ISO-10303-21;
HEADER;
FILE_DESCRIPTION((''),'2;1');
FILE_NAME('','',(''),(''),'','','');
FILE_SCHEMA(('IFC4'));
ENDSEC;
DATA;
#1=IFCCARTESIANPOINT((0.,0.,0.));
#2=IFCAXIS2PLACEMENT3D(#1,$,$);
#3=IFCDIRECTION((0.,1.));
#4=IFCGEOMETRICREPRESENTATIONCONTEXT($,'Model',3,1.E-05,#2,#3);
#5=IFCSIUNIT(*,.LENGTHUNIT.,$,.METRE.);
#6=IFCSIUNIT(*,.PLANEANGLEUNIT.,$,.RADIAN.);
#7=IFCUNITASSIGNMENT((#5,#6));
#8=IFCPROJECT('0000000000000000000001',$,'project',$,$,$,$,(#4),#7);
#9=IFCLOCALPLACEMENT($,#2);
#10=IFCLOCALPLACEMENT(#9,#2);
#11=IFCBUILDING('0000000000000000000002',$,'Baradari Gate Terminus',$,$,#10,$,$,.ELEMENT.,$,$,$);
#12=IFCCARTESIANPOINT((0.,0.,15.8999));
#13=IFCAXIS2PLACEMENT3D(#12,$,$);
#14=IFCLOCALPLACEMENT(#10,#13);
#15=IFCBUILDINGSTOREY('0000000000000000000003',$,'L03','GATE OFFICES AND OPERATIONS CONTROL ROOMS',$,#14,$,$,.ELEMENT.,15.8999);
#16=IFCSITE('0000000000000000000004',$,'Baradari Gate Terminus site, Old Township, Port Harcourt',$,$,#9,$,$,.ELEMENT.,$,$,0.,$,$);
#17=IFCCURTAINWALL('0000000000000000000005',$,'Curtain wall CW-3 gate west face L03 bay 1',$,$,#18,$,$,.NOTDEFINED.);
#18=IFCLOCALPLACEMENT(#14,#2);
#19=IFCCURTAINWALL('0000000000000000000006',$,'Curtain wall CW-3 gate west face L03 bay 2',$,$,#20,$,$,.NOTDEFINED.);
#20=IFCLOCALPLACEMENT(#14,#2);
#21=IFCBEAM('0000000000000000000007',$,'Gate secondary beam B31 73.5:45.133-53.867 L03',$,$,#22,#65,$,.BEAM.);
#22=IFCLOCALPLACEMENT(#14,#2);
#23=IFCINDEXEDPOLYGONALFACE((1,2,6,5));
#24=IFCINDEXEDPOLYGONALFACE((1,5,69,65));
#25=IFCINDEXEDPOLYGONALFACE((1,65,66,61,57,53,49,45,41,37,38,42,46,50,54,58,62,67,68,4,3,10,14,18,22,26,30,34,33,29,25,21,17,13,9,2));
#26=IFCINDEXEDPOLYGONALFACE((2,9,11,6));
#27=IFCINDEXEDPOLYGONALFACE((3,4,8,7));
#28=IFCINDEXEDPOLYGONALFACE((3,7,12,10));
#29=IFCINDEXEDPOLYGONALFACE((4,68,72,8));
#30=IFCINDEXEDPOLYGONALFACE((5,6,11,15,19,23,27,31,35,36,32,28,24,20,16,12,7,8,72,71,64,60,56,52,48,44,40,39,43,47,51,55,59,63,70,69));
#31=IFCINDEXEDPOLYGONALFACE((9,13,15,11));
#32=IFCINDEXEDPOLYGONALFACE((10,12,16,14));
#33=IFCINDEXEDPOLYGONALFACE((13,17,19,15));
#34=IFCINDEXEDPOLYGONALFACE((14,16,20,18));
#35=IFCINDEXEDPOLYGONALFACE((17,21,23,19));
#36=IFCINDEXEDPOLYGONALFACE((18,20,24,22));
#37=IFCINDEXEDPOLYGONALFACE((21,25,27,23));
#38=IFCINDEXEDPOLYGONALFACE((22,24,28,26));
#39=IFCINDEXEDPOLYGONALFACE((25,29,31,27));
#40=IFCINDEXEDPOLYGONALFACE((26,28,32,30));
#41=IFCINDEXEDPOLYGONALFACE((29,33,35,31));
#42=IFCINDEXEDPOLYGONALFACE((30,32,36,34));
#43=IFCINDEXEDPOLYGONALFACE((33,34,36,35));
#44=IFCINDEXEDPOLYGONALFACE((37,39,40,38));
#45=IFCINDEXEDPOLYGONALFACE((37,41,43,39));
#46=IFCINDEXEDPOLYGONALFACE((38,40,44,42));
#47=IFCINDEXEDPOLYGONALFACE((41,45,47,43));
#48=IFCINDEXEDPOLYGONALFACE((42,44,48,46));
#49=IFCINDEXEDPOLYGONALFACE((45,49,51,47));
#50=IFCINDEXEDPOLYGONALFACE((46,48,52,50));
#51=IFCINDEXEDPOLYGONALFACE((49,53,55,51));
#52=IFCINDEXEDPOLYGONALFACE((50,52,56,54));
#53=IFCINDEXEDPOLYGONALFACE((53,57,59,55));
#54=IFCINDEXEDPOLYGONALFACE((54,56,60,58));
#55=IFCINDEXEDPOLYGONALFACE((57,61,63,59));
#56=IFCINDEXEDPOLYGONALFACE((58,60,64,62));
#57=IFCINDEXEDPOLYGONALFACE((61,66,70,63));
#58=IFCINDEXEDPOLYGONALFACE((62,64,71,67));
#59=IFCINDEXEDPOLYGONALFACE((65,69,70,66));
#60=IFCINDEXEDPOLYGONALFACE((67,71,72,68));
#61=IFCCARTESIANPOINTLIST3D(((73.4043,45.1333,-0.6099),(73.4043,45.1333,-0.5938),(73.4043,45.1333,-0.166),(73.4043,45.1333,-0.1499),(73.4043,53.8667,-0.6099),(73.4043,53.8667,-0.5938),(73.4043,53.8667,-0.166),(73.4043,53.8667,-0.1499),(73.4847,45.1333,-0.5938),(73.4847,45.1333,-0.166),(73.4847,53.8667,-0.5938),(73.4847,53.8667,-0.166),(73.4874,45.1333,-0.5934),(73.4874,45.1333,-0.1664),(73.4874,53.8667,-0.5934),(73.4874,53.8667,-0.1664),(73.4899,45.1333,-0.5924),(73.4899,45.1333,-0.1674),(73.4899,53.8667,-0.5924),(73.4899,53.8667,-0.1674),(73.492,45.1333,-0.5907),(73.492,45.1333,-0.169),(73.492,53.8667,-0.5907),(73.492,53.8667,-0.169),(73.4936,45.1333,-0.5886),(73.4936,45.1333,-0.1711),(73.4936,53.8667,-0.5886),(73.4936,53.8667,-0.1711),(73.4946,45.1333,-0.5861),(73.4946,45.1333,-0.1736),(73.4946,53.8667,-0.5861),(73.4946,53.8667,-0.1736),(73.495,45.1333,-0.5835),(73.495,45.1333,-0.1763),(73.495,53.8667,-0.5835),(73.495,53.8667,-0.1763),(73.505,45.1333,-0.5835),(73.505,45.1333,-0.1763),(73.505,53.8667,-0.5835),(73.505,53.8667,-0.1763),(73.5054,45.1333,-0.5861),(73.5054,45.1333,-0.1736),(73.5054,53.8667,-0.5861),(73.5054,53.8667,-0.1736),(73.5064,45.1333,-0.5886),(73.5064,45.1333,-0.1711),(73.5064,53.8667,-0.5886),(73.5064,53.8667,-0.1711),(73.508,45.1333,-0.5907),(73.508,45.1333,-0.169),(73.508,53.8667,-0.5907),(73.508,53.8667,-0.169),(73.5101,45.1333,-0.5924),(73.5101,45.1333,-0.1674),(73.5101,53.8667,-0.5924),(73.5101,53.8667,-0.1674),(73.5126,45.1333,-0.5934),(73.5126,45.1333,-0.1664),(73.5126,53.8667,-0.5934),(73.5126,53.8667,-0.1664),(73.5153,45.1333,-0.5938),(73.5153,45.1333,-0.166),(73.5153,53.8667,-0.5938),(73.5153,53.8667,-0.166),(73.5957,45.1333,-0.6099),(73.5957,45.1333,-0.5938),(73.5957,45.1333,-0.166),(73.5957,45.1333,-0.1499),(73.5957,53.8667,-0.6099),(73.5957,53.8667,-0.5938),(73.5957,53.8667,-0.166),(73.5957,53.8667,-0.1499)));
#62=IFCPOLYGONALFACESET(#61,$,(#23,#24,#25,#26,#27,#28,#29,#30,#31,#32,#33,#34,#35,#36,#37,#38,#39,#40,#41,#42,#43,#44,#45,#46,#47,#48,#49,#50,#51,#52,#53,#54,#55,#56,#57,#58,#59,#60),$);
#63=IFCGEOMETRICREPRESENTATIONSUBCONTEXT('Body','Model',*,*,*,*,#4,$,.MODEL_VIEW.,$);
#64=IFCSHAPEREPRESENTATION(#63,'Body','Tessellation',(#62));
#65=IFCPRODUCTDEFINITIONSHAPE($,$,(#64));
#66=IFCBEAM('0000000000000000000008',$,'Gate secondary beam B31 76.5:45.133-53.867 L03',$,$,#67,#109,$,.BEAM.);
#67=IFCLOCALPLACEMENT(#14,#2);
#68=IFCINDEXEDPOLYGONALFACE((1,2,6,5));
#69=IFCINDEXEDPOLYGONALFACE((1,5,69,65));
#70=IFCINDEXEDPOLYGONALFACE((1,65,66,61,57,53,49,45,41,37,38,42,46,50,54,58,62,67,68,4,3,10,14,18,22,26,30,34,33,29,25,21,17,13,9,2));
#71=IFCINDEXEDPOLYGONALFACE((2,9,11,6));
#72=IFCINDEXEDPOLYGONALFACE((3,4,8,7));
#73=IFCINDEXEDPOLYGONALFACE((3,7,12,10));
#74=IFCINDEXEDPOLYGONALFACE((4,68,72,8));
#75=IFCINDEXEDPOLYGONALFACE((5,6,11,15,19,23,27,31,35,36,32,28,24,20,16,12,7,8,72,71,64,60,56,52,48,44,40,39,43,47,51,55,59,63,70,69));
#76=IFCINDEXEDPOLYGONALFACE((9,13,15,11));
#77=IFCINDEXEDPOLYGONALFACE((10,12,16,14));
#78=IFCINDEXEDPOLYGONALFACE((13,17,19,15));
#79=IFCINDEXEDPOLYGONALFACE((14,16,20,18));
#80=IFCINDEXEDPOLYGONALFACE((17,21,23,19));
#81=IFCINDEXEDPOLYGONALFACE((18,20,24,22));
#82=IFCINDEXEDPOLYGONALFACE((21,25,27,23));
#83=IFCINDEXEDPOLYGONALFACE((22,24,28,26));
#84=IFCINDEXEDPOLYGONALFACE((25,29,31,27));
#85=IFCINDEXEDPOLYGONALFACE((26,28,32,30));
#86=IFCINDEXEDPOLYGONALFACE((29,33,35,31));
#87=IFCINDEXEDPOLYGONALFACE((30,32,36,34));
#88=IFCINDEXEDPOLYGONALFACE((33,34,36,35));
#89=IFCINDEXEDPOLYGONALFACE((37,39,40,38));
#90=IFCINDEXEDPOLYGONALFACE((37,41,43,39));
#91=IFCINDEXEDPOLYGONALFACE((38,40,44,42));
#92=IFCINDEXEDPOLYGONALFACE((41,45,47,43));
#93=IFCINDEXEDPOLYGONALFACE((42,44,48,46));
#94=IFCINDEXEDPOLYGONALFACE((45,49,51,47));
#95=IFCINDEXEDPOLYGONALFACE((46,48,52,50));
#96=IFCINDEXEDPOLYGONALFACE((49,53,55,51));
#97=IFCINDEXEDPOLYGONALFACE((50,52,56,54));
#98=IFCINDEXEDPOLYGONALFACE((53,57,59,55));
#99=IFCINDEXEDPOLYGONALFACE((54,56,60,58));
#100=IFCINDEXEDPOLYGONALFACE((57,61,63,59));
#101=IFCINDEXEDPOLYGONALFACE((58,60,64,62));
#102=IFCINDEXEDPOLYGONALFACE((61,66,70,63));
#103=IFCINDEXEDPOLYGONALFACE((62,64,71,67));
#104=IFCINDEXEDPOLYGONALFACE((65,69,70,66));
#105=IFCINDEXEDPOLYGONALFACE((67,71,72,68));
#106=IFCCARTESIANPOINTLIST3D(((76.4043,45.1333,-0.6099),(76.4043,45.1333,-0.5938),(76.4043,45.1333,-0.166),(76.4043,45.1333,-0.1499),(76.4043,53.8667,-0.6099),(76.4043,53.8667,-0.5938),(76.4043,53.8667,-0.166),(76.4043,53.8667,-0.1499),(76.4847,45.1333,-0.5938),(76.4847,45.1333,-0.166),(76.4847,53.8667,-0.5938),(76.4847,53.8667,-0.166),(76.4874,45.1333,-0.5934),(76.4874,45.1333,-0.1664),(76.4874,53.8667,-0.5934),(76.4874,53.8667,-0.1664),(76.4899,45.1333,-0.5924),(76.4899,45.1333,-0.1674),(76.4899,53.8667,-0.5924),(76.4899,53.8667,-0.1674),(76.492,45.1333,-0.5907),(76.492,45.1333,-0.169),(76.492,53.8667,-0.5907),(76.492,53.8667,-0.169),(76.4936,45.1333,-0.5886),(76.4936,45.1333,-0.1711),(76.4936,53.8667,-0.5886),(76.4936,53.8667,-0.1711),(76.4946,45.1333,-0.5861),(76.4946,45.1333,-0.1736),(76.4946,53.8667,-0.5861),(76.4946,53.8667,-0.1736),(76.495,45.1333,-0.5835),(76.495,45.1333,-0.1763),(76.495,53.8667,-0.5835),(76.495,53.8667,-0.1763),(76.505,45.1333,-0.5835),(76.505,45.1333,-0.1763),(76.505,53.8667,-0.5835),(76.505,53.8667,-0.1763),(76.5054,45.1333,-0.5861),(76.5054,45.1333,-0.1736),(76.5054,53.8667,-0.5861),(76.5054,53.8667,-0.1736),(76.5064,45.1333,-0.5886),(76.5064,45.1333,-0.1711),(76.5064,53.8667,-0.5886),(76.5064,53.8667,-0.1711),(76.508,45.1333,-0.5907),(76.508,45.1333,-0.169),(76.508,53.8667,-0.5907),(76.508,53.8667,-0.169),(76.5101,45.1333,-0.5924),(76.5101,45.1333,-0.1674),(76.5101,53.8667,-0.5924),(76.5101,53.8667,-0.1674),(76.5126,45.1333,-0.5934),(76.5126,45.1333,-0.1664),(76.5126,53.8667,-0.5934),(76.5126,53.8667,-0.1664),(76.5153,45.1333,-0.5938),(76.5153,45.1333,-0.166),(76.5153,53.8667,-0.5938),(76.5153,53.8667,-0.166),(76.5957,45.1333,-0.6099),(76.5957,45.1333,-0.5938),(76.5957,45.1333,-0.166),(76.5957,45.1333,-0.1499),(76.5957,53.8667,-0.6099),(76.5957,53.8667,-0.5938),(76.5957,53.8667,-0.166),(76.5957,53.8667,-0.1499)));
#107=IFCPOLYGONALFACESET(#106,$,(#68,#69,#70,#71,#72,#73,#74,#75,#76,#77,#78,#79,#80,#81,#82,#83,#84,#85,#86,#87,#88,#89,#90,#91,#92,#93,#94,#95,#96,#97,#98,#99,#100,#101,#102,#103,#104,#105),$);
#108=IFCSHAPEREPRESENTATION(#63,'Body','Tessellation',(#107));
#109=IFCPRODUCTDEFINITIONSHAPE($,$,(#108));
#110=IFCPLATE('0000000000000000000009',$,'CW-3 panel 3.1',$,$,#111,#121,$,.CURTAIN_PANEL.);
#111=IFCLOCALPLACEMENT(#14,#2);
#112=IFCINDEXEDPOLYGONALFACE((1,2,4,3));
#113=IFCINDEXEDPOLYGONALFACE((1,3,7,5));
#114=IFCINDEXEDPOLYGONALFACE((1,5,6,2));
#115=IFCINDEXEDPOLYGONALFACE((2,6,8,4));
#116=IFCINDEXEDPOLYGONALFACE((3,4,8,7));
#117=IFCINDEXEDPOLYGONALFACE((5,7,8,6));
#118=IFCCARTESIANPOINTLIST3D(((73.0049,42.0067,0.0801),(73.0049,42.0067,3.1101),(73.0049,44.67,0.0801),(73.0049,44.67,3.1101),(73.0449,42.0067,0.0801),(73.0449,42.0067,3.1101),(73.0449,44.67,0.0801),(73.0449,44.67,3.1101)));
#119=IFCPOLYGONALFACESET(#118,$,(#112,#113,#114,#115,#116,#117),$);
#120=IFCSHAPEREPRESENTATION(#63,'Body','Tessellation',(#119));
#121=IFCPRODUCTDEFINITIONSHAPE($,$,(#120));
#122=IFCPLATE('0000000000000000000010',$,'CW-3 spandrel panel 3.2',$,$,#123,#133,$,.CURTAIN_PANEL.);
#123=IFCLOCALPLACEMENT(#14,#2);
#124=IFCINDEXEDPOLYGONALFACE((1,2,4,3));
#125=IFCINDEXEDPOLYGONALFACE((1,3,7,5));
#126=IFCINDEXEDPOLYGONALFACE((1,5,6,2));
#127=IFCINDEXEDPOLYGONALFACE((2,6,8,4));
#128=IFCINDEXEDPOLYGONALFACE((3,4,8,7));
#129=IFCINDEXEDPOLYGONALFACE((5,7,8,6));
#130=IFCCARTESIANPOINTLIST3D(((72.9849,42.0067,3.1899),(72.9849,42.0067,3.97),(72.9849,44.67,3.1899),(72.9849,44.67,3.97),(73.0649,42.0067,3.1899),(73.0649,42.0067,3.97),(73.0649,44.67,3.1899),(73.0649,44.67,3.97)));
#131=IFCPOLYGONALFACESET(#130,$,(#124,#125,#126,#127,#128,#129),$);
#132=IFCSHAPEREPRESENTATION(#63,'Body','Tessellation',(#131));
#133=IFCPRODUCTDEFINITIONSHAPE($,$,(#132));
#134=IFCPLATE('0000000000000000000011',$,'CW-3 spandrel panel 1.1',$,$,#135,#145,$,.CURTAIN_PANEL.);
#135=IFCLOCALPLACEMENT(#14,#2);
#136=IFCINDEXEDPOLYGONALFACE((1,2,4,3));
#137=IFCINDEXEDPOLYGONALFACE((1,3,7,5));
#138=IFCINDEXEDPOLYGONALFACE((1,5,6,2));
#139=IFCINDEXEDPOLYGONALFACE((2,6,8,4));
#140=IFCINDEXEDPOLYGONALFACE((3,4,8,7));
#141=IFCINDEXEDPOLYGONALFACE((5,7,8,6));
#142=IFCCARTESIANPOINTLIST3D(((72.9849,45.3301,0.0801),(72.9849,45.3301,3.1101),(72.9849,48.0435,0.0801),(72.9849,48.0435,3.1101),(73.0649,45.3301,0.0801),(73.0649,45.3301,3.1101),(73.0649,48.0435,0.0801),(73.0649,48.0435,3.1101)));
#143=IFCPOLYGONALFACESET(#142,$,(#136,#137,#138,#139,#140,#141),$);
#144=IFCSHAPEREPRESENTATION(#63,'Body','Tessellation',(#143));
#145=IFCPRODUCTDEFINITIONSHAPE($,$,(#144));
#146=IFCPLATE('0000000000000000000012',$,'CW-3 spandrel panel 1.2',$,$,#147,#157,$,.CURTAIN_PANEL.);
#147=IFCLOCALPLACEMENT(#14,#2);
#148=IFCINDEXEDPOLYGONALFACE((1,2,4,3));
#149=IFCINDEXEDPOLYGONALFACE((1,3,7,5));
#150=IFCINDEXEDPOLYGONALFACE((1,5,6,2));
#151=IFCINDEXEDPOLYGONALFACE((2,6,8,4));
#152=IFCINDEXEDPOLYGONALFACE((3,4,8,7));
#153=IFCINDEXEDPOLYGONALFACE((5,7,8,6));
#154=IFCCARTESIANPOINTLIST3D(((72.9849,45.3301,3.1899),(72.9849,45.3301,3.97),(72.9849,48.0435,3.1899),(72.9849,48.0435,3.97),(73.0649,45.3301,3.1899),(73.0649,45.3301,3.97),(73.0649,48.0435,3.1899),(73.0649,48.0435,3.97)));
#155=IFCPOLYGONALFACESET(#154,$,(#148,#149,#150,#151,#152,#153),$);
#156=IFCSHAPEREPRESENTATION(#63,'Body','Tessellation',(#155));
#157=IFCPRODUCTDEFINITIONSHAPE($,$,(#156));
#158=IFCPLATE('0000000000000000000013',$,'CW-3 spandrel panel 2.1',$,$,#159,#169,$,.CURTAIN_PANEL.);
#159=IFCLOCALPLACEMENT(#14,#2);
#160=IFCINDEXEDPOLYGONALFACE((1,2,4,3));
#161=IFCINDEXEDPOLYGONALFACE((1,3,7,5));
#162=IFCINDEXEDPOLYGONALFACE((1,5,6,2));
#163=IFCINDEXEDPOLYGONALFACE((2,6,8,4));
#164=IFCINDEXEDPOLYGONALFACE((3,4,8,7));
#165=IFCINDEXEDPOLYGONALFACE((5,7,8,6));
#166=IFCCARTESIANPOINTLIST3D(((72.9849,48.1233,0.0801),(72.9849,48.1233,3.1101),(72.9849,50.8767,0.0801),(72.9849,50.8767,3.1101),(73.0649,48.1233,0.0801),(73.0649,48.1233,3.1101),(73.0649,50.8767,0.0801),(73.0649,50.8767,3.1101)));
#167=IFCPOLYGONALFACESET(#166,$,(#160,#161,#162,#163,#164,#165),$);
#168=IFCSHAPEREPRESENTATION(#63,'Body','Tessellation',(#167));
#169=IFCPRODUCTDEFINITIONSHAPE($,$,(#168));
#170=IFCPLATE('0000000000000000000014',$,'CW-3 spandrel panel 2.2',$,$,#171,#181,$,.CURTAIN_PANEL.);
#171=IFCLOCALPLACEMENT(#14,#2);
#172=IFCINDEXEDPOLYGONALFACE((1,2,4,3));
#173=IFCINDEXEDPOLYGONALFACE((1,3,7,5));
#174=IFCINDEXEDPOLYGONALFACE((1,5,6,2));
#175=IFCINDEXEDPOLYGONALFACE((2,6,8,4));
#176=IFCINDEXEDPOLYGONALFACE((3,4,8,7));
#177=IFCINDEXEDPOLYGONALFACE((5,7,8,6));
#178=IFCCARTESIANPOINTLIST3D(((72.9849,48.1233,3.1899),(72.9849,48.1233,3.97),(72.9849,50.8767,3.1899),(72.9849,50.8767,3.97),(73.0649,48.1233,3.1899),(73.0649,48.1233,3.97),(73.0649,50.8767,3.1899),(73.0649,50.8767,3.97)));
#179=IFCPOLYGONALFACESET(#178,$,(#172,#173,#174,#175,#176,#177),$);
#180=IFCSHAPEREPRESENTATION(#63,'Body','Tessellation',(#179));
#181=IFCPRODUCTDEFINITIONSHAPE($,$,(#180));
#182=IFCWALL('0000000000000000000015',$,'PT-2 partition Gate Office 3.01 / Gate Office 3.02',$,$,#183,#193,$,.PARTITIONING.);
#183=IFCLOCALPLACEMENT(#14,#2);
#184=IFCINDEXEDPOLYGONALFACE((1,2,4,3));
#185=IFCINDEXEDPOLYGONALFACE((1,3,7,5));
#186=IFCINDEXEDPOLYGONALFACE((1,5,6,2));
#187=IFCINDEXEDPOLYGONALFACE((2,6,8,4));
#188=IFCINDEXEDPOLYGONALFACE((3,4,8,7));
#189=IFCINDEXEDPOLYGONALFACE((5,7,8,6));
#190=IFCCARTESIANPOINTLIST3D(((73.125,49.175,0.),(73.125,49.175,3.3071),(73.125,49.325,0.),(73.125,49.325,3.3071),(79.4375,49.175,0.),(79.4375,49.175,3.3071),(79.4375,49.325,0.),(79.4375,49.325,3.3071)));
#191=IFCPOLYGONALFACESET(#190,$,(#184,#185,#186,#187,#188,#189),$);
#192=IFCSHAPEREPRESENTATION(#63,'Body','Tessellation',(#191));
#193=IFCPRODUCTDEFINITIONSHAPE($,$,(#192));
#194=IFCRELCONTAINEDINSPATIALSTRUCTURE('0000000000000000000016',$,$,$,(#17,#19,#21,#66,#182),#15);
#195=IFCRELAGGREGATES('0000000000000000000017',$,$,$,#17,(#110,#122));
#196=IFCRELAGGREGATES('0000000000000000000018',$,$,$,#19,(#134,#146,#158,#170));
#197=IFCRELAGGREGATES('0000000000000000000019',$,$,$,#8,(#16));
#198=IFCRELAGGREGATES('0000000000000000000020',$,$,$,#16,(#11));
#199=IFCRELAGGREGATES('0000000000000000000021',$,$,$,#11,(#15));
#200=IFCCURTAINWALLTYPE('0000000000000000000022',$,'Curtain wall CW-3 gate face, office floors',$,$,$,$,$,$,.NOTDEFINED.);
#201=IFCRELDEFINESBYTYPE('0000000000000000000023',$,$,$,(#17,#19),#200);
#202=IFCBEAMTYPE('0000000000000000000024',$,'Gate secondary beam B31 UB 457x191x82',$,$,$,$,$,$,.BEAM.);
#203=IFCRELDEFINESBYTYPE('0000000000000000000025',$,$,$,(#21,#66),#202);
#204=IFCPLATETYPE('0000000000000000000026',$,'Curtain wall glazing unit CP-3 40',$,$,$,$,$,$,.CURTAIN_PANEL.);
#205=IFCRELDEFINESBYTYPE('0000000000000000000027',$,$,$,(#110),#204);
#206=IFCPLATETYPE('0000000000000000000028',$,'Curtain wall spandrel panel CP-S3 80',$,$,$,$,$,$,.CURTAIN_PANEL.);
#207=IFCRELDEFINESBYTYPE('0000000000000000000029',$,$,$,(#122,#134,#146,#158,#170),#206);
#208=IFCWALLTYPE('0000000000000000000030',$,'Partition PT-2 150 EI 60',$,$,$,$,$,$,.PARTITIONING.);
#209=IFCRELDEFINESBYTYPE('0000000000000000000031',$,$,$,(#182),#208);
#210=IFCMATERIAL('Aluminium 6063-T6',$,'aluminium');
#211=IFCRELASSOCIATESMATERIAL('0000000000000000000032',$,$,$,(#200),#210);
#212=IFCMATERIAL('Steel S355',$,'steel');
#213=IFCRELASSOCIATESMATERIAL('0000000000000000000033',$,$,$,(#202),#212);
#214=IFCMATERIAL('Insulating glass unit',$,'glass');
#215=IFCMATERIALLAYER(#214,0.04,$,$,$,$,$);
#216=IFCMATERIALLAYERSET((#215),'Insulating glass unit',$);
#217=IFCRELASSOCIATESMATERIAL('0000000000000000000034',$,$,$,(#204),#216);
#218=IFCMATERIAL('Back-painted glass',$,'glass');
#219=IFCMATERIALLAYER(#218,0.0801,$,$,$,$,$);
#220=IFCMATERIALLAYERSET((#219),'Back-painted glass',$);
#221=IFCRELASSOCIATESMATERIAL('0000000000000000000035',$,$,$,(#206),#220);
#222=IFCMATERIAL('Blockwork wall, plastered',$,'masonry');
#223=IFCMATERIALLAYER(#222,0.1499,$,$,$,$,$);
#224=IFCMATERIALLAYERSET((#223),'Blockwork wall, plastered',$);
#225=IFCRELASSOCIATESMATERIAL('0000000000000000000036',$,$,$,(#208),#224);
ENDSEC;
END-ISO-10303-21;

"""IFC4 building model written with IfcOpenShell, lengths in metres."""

from ifc_helpers import new_model, si_unit, direction, frame, frame_2d, origin, origin_2d, place, context, subcontext, project, spatial, rectangle, i_section, extrude, material, layer, layer_set, material_profile, profile_set, type_object, element, aggregate, save


model = new_model("IFC4")

# Units and contexts
model_context = context("Model", 3, precision=1e-05, world=origin(), true_north=direction((0.0, 1.0)))
body_context = subcontext(model_context, "Body", "Model", "MODEL_VIEW")
ifc_project = project(units=[si_unit("LENGTHUNIT", "METRE"), si_unit("PLANEANGLEUNIT", "RADIAN")], contexts=[model_context])

# Site, building, storey
site_placement = place(None, origin())
site = spatial("IfcSite", under=ifc_project, at=site_placement, Name="Baradari Gate Terminus site, Old Township, Port Harcourt", CompositionType="ELEMENT", RefElevation=0.0)
building_placement = place(site_placement, origin())
building = spatial("IfcBuilding", under=site, at=building_placement, Name="Baradari Gate Terminus", CompositionType="ELEMENT")
storey_placement = place(building_placement, frame((0.0, 0.0, 15.8999)))
storey = spatial("IfcBuildingStorey", under=building, at=storey_placement, Name="L03", Description="GATE OFFICES AND OPERATIONS CONTROL ROOMS", CompositionType="ELEMENT", Elevation=15.8999)

# Curtain wall
ifc_material_1 = material(Name="Aluminium 6063-T6", Category="aluminium")
curtain_wall_type = type_object("IfcCurtainWallType", Name="Curtain wall CW-3 gate face, office floors", PredefinedType="NOTDEFINED", material=ifc_material_1)
curtain_wall_1_placement = place(storey_placement, origin())
curtain_wall_1 = element("IfcCurtainWall", 1, at=curtain_wall_1_placement, inside=storey, type_object=curtain_wall_type, Name="Curtain wall CW-3 gate west face L03 bay 1", PredefinedType="NOTDEFINED")

# Curtain wall
curtain_wall_2_placement = place(storey_placement, origin())
curtain_wall_2 = element("IfcCurtainWall", 2, at=curtain_wall_2_placement, inside=storey, type_object=curtain_wall_type, Name="Curtain wall CW-3 gate west face L03 bay 2", PredefinedType="NOTDEFINED")

# Beams
ifc_material_2 = material(Name="Steel S355", Category="steel")
ifc_material_profile_1 = material_profile(ifc_material_2, i_section(OverallWidth=0.1914, OverallDepth=0.46, WebThickness=0.01, FlangeThickness=0.0161, FilletRadius=0.0103, at=origin_2d()), Name="UB 457x191x82")
ifc_profile_set_1 = profile_set([ifc_material_profile_1], Name="Steel S355")
beam_type_1 = type_object("IfcBeamType", Name="Gate secondary beam B31 UB 457x191x82", PredefinedType="BEAM", material=ifc_profile_set_1)
for number, where, z_axis, x_axis, name in (
    (3, (73.5, 45.1333, -0.3799), (0.0, 1.0, 0.0), (-1.0, 0.0, 0.0), "Gate secondary beam B31 73.5:45.133-53.867 L03"),
    (4, (76.5, 45.1333, -0.3799), (0.0, 1.0, 0.0), (-1.0, 0.0, 0.0), "Gate secondary beam B31 76.5:45.133-53.867 L03"),
):
    element("IfcBeam", number, at=place(storey_placement, frame(where, z_axis=z_axis, x_axis=x_axis)), inside=storey, type_object=beam_type_1, Name=name, PredefinedType="BEAM", context=body_context, shape_type="SweptSolid", body=[
        extrude(i_section(OverallWidth=0.1914, OverallDepth=0.46, WebThickness=0.01, FlangeThickness=0.0161, FilletRadius=0.0103, at=origin_2d()), origin(), (0.0, 0.0, 1.0), 8.7334),
    ])

# Plates
ifc_material_3 = material(Name="Insulating glass unit", Category="glass")
ifc_layer_1 = layer(ifc_material_3, 0.04)
ifc_layer_set_1 = layer_set([ifc_layer_1], Name="Insulating glass unit")
plate_type_1 = type_object("IfcPlateType", Name="Curtain wall glazing unit CP-3 40", PredefinedType="CURTAIN_PANEL", material=ifc_layer_set_1)
plate_1_placement = place(storey_placement, frame((73.0249, 43.3384, 0.0801), z_axis=(0.0, 0.0, 1.0), x_axis=(0.0, 1.0, 0.0)))
plate_1 = element("IfcPlate", 5, at=plate_1_placement, type_object=plate_type_1, Name="CW-3 panel 3.1", PredefinedType="CURTAIN_PANEL", context=body_context, shape_type="SweptSolid", body=[
    extrude(rectangle(XDim=2.6633, YDim=0.04, at=origin_2d()), origin(), (0.0, 0.0, 1.0), 3.03),
])
ifc_material_4 = material(Name="Back-painted glass", Category="glass")
ifc_layer_2 = layer(ifc_material_4, 0.0801)
ifc_layer_set_2 = layer_set([ifc_layer_2], Name="Back-painted glass")
plate_type_2 = type_object("IfcPlateType", Name="Curtain wall spandrel panel CP-S3 80", PredefinedType="CURTAIN_PANEL", material=ifc_layer_set_2)
plate_2_placement = place(storey_placement, frame((73.0249, 43.3384, 3.1899), z_axis=(0.0, 0.0, 1.0), x_axis=(0.0, 1.0, 0.0)))
plate_2 = element("IfcPlate", 6, at=plate_2_placement, type_object=plate_type_2, Name="CW-3 spandrel panel 3.2", PredefinedType="CURTAIN_PANEL", context=body_context, shape_type="SweptSolid", body=[
    extrude(rectangle(XDim=2.6633, YDim=0.0801, at=origin_2d()), origin(), (0.0, 0.0, 1.0), 0.78),
])
aggregate(curtain_wall_1, [plate_1, plate_2])
plate_3_placement = place(storey_placement, frame((73.0249, 46.6868, 0.0801), z_axis=(0.0, 0.0, 1.0), x_axis=(0.0, 1.0, 0.0)))
plate_3 = element("IfcPlate", 7, at=plate_3_placement, type_object=plate_type_2, Name="CW-3 spandrel panel 1.1", PredefinedType="CURTAIN_PANEL", context=body_context, shape_type="SweptSolid", body=[
    extrude(rectangle(XDim=2.7134, YDim=0.0801, at=origin_2d()), origin(), (0.0, 0.0, 1.0), 3.03),
])
plate_4_placement = place(storey_placement, frame((73.0249, 46.6868, 3.1899), z_axis=(0.0, 0.0, 1.0), x_axis=(0.0, 1.0, 0.0)))
plate_4 = element("IfcPlate", 8, at=plate_4_placement, type_object=plate_type_2, Name="CW-3 spandrel panel 1.2", PredefinedType="CURTAIN_PANEL", context=body_context, shape_type="SweptSolid", body=[
    extrude(rectangle(XDim=2.7134, YDim=0.0801, at=origin_2d()), origin(), (0.0, 0.0, 1.0), 0.78),
])
plate_5_placement = place(storey_placement, frame((73.0249, 49.5, 0.0801), z_axis=(0.0, 0.0, 1.0), x_axis=(0.0, 1.0, 0.0)))
plate_5 = element("IfcPlate", 9, at=plate_5_placement, type_object=plate_type_2, Name="CW-3 spandrel panel 2.1", PredefinedType="CURTAIN_PANEL", context=body_context, shape_type="SweptSolid", body=[
    extrude(rectangle(XDim=2.7534, YDim=0.0801, at=origin_2d()), origin(), (0.0, 0.0, 1.0), 3.03),
])
plate_6_placement = place(storey_placement, frame((73.0249, 49.5, 3.1899), z_axis=(0.0, 0.0, 1.0), x_axis=(0.0, 1.0, 0.0)))
plate_6 = element("IfcPlate", 10, at=plate_6_placement, type_object=plate_type_2, Name="CW-3 spandrel panel 2.2", PredefinedType="CURTAIN_PANEL", context=body_context, shape_type="SweptSolid", body=[
    extrude(rectangle(XDim=2.7534, YDim=0.0801, at=origin_2d()), origin(), (0.0, 0.0, 1.0), 0.78),
])
aggregate(curtain_wall_2, [plate_3, plate_4, plate_5, plate_6])

# Wall
ifc_material_5 = material(Name="Blockwork wall, plastered", Category="masonry")
ifc_layer_3 = layer(ifc_material_5, 0.1499)
ifc_layer_set_3 = layer_set([ifc_layer_3], Name="Blockwork wall, plastered")
wall_type_1 = type_object("IfcWallType", Name="Partition PT-2 150 EI 60", PredefinedType="PARTITIONING", material=ifc_layer_set_3)
wall_1_placement = place(storey_placement, frame((73.125, 49.25, 0.0), z_axis=(0.0, 0.0, 1.0), x_axis=(1.0, 0.0, 0.0)))
element("IfcWall", 11, at=wall_1_placement, inside=storey, type_object=wall_type_1, Name="PT-2 partition Gate Office 3.01 / Gate Office 3.02", PredefinedType="PARTITIONING", context=body_context, shape_type="SweptSolid", body=[
    extrude(rectangle(XDim=6.3125, YDim=0.1499, at=frame_2d((3.1562, 0.0))), origin(), (0.0, 0.0, 1.0), 3.3071),
])

save(model, "model.ifc")
